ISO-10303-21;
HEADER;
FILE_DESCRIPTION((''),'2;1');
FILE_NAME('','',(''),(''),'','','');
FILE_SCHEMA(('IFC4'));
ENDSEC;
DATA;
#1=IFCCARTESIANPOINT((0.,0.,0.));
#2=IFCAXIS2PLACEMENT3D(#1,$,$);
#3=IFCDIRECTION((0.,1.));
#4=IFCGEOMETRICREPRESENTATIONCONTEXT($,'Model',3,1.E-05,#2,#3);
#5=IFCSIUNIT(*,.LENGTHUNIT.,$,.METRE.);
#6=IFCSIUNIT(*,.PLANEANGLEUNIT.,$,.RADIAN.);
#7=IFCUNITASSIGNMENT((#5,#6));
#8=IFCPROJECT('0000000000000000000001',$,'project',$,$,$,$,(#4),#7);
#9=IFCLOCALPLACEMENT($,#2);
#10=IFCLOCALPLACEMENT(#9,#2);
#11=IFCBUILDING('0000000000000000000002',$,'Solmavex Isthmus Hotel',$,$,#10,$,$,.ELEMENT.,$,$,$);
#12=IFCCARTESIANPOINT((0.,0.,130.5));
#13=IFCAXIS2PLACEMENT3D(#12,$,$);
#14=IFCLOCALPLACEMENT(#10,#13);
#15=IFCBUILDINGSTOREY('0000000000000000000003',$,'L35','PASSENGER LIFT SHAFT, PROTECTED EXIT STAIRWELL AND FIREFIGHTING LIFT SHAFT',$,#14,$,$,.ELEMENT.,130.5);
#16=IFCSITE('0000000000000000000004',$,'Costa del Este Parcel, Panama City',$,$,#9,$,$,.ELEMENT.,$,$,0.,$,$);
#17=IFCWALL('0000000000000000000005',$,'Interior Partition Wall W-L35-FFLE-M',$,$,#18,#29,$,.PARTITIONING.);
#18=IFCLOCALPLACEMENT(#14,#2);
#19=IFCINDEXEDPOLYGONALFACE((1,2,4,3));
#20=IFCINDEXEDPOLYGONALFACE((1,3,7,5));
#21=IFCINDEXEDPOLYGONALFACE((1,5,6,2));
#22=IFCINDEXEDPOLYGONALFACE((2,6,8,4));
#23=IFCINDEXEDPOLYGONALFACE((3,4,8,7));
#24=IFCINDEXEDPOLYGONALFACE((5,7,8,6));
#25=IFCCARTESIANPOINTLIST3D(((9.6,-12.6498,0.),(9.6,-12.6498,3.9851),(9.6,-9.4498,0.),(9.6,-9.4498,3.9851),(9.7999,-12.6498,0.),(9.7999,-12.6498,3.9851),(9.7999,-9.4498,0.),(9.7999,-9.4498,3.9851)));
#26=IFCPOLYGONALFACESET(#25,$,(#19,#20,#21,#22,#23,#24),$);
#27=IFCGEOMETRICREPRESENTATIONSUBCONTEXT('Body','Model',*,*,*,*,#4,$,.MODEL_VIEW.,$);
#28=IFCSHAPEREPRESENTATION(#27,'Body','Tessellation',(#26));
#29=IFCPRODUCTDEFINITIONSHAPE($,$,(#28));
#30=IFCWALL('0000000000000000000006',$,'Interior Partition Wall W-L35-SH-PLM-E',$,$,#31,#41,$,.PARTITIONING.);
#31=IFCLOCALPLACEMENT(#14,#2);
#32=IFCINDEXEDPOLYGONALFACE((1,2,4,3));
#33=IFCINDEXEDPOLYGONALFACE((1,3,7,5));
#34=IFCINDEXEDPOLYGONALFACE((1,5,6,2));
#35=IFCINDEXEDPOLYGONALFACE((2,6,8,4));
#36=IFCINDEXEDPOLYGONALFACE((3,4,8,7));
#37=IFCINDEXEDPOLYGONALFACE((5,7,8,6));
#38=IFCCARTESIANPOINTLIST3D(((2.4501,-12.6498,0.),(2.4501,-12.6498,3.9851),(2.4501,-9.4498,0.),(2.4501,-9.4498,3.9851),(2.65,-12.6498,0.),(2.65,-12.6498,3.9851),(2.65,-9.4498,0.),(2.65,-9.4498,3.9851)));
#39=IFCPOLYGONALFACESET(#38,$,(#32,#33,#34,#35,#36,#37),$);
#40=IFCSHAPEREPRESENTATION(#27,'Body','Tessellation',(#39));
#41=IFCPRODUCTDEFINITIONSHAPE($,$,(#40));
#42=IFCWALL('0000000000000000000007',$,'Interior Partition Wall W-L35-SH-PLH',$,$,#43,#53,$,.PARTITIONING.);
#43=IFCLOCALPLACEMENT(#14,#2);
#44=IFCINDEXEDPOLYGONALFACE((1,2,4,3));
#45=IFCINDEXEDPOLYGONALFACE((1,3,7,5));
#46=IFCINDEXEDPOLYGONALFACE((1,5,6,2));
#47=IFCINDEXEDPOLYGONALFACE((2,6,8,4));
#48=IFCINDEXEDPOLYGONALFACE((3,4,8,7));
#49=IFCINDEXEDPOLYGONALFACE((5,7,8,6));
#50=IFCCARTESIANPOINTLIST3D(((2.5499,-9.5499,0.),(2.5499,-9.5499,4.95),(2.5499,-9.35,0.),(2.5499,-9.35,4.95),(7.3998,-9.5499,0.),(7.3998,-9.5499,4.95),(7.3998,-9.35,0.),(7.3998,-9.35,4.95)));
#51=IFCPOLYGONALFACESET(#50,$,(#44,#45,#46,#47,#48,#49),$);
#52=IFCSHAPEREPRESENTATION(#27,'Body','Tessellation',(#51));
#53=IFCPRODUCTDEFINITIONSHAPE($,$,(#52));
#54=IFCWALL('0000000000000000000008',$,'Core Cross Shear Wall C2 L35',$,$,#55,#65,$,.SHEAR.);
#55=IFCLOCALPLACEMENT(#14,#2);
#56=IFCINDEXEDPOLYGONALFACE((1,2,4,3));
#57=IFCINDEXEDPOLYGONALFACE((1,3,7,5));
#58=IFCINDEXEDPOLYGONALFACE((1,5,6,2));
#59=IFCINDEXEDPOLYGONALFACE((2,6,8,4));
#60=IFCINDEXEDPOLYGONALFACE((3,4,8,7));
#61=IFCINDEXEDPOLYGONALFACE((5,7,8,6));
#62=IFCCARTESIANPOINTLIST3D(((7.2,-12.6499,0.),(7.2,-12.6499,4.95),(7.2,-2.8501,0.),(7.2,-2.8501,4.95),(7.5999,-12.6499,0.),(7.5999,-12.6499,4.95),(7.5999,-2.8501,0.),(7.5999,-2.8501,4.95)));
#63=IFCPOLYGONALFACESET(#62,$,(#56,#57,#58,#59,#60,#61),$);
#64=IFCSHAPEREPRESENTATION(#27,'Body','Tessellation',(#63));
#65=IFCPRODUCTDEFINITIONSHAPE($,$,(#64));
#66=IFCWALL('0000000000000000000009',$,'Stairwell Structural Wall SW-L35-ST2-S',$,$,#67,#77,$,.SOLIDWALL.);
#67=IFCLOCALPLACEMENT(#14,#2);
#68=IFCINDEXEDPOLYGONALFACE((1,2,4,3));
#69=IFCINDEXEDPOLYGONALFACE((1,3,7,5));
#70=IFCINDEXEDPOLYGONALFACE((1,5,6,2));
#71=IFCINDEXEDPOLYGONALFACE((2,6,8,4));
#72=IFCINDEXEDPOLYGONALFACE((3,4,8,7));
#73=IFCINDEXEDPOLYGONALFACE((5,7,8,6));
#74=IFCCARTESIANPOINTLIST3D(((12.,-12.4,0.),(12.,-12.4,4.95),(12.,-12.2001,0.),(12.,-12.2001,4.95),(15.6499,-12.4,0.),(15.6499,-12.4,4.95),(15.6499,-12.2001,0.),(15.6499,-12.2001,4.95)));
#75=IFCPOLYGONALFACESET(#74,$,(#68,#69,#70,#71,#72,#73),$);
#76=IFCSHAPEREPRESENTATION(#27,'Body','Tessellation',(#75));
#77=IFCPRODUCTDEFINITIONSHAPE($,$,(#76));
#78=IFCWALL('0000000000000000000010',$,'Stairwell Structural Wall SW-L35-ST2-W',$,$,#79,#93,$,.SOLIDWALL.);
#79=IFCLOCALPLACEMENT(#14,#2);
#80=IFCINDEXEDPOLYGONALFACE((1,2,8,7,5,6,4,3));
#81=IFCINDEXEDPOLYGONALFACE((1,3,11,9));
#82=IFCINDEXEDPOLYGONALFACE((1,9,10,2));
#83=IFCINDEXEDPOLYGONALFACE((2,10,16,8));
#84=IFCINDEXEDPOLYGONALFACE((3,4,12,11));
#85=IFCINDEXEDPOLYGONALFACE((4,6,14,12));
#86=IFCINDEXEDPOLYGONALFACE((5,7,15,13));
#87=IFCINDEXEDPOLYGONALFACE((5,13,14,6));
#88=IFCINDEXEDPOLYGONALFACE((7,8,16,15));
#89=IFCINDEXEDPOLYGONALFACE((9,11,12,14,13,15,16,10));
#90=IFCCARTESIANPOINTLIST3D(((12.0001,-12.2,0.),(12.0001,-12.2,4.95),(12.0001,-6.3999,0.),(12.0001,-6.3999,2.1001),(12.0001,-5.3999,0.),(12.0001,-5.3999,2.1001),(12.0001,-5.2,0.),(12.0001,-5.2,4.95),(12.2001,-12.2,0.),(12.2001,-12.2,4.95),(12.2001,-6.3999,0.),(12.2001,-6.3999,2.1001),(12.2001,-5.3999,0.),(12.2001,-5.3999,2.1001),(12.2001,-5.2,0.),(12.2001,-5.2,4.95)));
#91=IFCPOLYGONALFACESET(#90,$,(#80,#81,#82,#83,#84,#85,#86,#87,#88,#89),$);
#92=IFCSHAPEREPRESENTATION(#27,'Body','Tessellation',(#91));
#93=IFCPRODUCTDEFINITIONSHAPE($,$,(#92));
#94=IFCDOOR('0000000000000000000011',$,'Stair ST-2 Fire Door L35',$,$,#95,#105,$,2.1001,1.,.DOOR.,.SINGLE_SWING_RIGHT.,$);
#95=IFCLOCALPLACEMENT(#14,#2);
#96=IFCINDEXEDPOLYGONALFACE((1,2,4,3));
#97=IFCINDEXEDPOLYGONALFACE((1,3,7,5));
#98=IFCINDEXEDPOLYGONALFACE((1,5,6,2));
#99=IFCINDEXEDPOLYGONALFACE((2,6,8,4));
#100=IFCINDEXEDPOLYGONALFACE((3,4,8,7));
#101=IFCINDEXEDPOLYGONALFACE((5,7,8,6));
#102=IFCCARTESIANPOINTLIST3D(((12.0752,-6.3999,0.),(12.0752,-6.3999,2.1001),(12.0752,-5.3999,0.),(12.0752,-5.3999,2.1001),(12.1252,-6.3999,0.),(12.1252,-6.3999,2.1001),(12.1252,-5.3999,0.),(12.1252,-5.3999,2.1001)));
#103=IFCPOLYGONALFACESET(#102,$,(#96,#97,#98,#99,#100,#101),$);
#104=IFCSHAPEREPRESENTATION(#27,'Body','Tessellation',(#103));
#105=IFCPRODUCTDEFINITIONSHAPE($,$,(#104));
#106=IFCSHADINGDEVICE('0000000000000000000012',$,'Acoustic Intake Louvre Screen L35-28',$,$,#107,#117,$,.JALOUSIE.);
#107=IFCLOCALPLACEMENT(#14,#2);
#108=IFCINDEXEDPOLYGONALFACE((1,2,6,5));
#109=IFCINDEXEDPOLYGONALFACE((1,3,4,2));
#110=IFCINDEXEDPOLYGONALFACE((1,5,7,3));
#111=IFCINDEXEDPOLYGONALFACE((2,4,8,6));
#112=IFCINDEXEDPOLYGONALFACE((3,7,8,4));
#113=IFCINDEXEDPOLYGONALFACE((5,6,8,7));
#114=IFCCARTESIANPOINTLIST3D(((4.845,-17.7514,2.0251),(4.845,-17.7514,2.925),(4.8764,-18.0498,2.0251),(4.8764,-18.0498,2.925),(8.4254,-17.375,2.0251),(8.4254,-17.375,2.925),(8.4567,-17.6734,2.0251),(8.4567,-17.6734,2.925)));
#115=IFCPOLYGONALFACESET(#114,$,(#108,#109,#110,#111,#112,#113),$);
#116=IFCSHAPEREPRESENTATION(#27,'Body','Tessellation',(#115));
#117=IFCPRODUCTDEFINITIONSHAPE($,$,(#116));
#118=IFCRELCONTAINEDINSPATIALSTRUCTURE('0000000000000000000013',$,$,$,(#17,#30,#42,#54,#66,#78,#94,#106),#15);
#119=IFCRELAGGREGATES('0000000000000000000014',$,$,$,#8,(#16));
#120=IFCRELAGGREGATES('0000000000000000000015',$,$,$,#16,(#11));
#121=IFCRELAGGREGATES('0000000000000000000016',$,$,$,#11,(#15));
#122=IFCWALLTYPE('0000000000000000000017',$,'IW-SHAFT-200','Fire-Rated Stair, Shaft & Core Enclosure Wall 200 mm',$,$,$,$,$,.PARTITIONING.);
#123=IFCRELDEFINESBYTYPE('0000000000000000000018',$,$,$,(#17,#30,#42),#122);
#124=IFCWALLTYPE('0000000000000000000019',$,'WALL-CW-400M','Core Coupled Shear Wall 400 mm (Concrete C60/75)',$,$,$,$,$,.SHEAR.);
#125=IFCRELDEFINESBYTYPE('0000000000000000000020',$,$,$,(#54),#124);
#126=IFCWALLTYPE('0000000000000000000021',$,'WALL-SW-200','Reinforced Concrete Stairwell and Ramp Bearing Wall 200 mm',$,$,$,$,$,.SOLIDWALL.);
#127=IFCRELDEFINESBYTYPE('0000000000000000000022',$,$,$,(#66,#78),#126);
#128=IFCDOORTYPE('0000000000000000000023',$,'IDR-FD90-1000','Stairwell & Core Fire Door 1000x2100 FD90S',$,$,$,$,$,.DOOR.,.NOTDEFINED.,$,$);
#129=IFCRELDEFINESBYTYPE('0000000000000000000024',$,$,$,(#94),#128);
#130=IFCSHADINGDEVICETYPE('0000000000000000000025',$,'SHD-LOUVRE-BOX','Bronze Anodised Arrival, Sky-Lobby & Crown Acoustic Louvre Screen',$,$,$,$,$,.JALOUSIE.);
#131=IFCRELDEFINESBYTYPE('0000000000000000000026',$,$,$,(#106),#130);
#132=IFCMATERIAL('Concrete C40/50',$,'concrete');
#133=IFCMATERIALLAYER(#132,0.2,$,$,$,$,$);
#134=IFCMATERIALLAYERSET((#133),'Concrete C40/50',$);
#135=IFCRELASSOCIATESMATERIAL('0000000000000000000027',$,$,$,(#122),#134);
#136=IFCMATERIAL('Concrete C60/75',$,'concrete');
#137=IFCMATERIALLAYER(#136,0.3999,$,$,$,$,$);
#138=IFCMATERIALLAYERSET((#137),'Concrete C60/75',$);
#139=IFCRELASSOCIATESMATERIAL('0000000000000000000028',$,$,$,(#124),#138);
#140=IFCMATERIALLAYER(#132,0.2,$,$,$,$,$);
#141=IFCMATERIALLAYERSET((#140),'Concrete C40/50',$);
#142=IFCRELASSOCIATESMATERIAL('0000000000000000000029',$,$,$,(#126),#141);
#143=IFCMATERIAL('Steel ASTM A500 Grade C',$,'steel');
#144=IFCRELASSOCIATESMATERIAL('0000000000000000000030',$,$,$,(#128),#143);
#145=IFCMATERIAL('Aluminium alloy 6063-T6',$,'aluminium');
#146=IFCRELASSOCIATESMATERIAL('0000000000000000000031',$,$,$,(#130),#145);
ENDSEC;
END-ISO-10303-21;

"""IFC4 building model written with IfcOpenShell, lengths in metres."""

from ifc_helpers import new_model, si_unit, direction, frame, frame_2d, origin, origin_2d, place, context, subcontext, project, spatial, rectangle, extrude, material, layer, layer_set, type_object, element, fill, save


model = new_model("IFC4")

# Units and contexts
model_context = context("Model", 3, precision=1e-05, world=origin(), true_north=direction((0.0, 1.0)))
body_context = subcontext(model_context, "Body", "Model", "MODEL_VIEW")
ifc_project = project(units=[si_unit("LENGTHUNIT", "METRE"), si_unit("PLANEANGLEUNIT", "RADIAN")], contexts=[model_context])

# Site, building, storey
site_placement = place(None, origin())
site = spatial("IfcSite", under=ifc_project, at=site_placement, Name="Costa del Este Parcel, Panama City", CompositionType="ELEMENT", RefElevation=0.0)
building_placement = place(site_placement, origin())
building = spatial("IfcBuilding", under=site, at=building_placement, Name="Solmavex Isthmus Hotel", CompositionType="ELEMENT")
storey_placement = place(building_placement, frame((0.0, 0.0, 130.5)))
storey = spatial("IfcBuildingStorey", under=building, at=storey_placement, Name="L35", Description="PASSENGER LIFT SHAFT, PROTECTED EXIT STAIRWELL AND FIREFIGHTING LIFT SHAFT", CompositionType="ELEMENT", Elevation=130.5)

# Shared definitions
ifc_material_1 = material(Name="Concrete C60/75", Category="concrete")

# Shared definitions
ifc_material_2 = material(Name="Steel ASTM A500 Grade C", Category="steel")

# Shared definitions
ifc_material_3 = material(Name="Concrete C40/50", Category="concrete")

# Shared definitions
ifc_layer_1 = layer(ifc_material_3, 0.2)
ifc_layer_set_1 = layer_set([ifc_layer_1], Name="Concrete C40/50")
wall_type_1 = type_object("IfcWallType", Name="IW-SHAFT-200", Description="Fire-Rated Stair, Shaft & Core Enclosure Wall 200 mm", PredefinedType="PARTITIONING", material=ifc_layer_set_1)

# Walls
for number, where, z_axis, x_axis, name in (
    (1, (9.7, -12.6499, 0.0), (0.0, 0.0, 1.0), (0.0, 1.0, 0.0), "Interior Partition Wall W-L35-FFLE-M"),
    (2, (2.55, -12.6499, 0.0), (0.0, 0.0, 1.0), (0.0, 1.0, 0.0), "Interior Partition Wall W-L35-SH-PLM-E"),
):
    element("IfcWall", number, at=place(storey_placement, frame(where, z_axis=z_axis, x_axis=x_axis)), inside=storey, type_object=wall_type_1, Name=name, PredefinedType="PARTITIONING", context=body_context, shape_type="SweptSolid", body=[
        extrude(rectangle(XDim=3.2, YDim=0.2, at=frame_2d((1.6001, 0.0))), origin(), (0.0, 0.0, 1.0), 3.9851),
    ])
wall_1_placement = place(storey_placement, frame((2.55, -9.45, 0.0), z_axis=(0.0, 0.0, 1.0), x_axis=(1.0, 0.0, 0.0)))
element("IfcWall", 3, at=wall_1_placement, inside=storey, type_object=wall_type_1, Name="Interior Partition Wall W-L35-SH-PLH", PredefinedType="PARTITIONING", context=body_context, shape_type="SweptSolid", body=[
    extrude(rectangle(XDim=4.8499, YDim=0.2, at=frame_2d((2.4248, 0.0))), origin(), (0.0, 0.0, 1.0), 4.95),
])
ifc_layer_2 = layer(ifc_material_1, 0.3999)
ifc_layer_set_2 = layer_set([ifc_layer_2], Name="Concrete C60/75")
wall_type_2 = type_object("IfcWallType", Name="WALL-CW-400M", Description="Core Coupled Shear Wall 400 mm (Concrete C60/75)", PredefinedType="SHEAR", material=ifc_layer_set_2)
wall_2_placement = place(storey_placement, frame((7.3999, -12.6499, 0.0), z_axis=(0.0, 0.0, 1.0), x_axis=(0.0, 1.0, 0.0)))
element("IfcWall", 4, at=wall_2_placement, inside=storey, type_object=wall_type_2, Name="Core Cross Shear Wall C2 L35", PredefinedType="SHEAR", context=body_context, shape_type="SweptSolid", body=[
    extrude(rectangle(XDim=9.7998, YDim=0.3999, at=frame_2d((4.8999, 0.0))), origin(), (0.0, 0.0, 1.0), 4.95),
])
ifc_layer_3 = layer(ifc_material_3, 0.2)
ifc_layer_set_3 = layer_set([ifc_layer_3], Name="Concrete C40/50")
wall_type_3 = type_object("IfcWallType", Name="WALL-SW-200", Description="Reinforced Concrete Stairwell and Ramp Bearing Wall 200 mm", PredefinedType="SOLIDWALL", material=ifc_layer_set_3)
wall_3_placement = place(storey_placement, frame((12.0, -12.3, 0.0), z_axis=(0.0, 0.0, 1.0), x_axis=(1.0, 0.0, 0.0)))
element("IfcWall", 5, at=wall_3_placement, inside=storey, type_object=wall_type_3, Name="Stairwell Structural Wall SW-L35-ST2-S", PredefinedType="SOLIDWALL", context=body_context, shape_type="SweptSolid", body=[
    extrude(rectangle(XDim=3.6499, YDim=0.2, at=frame_2d((1.825, 0.0))), origin(), (0.0, 0.0, 1.0), 4.95),
])

# Wall, opening, door
wall_4_placement = place(storey_placement, frame((12.1001, -12.2, 0.0), z_axis=(0.0, 0.0, 1.0), x_axis=(0.0, 1.0, 0.0)))
wall_4 = element("IfcWall", 6, at=wall_4_placement, inside=storey, type_object=wall_type_3, Name="Stairwell Structural Wall SW-L35-ST2-W", PredefinedType="SOLIDWALL", context=body_context, shape_type="SweptSolid", body=[
    extrude(rectangle(XDim=7.0, YDim=0.2, at=frame_2d((3.5, 0.0))), origin(), (0.0, 0.0, 1.0), 4.95),
])
opening_1_placement = place(wall_4_placement, frame((5.8, 0.0, 0.0)))
opening_1 = element("IfcOpeningElement", 7, at=opening_1_placement, cuts=wall_4, PredefinedType="OPENING", context=body_context, shape_type="SweptSolid", body=[
    extrude(rectangle(XDim=1.0, YDim=2.1001, at=frame_2d((0.5, 1.05))), frame((0.0, 0.1099, 0.0), z_axis=(0.0, -1.0, 0.0), x_axis=(1.0, 0.0, 0.0)), (0.0, 0.0, 1.0), 0.22),
])
door_type_1 = type_object("IfcDoorType", Name="IDR-FD90-1000", Description="Stairwell & Core Fire Door 1000x2100 FD90S", OperationType="NOTDEFINED", PredefinedType="DOOR", material=ifc_material_2)
door_1_placement = place(opening_1_placement, origin())
door_1 = element("IfcDoor", 8, at=door_1_placement, inside=storey, type_object=door_type_1, Name="Stair ST-2 Fire Door L35", OperationType="SINGLE_SWING_RIGHT", OverallHeight=2.1001, OverallWidth=1.0, PredefinedType="DOOR", context=body_context, shape_type="SweptSolid", body=[
    extrude(rectangle(XDim=1.0, YDim=2.1001, at=frame_2d((0.5, 1.05))), frame((0.0, 0.0249, 0.0), z_axis=(0.0, -1.0, 0.0), x_axis=(1.0, 0.0, 0.0)), (0.0, 0.0, 1.0), 0.05),
])
fill(opening_1, door_1)

# Shading device
ifc_material_4 = material(Name="Aluminium alloy 6063-T6", Category="aluminium")
shading_device_type = type_object("IfcShadingDeviceType", Name="SHD-LOUVRE-BOX", Description="Bronze Anodised Arrival, Sky-Lobby & Crown Acoustic Louvre Screen", PredefinedType="JALOUSIE", material=ifc_material_4)
shading_device_placement = place(storey_placement, frame((6.6509, -17.7124, 2.0251), z_axis=(0.0, 0.0, 1.0), x_axis=(-0.994522, -0.104528, 0.0)))
element("IfcShadingDevice", 9, at=shading_device_placement, inside=storey, type_object=shading_device_type, Name="Acoustic Intake Louvre Screen L35-28", PredefinedType="JALOUSIE", context=body_context, shape_type="SweptSolid", body=[
    extrude(rectangle(XDim=3.6001, YDim=0.3, at=origin_2d()), origin(), (0.0, 0.0, 1.0), 0.8999),
])

save(model, "model.ifc")
